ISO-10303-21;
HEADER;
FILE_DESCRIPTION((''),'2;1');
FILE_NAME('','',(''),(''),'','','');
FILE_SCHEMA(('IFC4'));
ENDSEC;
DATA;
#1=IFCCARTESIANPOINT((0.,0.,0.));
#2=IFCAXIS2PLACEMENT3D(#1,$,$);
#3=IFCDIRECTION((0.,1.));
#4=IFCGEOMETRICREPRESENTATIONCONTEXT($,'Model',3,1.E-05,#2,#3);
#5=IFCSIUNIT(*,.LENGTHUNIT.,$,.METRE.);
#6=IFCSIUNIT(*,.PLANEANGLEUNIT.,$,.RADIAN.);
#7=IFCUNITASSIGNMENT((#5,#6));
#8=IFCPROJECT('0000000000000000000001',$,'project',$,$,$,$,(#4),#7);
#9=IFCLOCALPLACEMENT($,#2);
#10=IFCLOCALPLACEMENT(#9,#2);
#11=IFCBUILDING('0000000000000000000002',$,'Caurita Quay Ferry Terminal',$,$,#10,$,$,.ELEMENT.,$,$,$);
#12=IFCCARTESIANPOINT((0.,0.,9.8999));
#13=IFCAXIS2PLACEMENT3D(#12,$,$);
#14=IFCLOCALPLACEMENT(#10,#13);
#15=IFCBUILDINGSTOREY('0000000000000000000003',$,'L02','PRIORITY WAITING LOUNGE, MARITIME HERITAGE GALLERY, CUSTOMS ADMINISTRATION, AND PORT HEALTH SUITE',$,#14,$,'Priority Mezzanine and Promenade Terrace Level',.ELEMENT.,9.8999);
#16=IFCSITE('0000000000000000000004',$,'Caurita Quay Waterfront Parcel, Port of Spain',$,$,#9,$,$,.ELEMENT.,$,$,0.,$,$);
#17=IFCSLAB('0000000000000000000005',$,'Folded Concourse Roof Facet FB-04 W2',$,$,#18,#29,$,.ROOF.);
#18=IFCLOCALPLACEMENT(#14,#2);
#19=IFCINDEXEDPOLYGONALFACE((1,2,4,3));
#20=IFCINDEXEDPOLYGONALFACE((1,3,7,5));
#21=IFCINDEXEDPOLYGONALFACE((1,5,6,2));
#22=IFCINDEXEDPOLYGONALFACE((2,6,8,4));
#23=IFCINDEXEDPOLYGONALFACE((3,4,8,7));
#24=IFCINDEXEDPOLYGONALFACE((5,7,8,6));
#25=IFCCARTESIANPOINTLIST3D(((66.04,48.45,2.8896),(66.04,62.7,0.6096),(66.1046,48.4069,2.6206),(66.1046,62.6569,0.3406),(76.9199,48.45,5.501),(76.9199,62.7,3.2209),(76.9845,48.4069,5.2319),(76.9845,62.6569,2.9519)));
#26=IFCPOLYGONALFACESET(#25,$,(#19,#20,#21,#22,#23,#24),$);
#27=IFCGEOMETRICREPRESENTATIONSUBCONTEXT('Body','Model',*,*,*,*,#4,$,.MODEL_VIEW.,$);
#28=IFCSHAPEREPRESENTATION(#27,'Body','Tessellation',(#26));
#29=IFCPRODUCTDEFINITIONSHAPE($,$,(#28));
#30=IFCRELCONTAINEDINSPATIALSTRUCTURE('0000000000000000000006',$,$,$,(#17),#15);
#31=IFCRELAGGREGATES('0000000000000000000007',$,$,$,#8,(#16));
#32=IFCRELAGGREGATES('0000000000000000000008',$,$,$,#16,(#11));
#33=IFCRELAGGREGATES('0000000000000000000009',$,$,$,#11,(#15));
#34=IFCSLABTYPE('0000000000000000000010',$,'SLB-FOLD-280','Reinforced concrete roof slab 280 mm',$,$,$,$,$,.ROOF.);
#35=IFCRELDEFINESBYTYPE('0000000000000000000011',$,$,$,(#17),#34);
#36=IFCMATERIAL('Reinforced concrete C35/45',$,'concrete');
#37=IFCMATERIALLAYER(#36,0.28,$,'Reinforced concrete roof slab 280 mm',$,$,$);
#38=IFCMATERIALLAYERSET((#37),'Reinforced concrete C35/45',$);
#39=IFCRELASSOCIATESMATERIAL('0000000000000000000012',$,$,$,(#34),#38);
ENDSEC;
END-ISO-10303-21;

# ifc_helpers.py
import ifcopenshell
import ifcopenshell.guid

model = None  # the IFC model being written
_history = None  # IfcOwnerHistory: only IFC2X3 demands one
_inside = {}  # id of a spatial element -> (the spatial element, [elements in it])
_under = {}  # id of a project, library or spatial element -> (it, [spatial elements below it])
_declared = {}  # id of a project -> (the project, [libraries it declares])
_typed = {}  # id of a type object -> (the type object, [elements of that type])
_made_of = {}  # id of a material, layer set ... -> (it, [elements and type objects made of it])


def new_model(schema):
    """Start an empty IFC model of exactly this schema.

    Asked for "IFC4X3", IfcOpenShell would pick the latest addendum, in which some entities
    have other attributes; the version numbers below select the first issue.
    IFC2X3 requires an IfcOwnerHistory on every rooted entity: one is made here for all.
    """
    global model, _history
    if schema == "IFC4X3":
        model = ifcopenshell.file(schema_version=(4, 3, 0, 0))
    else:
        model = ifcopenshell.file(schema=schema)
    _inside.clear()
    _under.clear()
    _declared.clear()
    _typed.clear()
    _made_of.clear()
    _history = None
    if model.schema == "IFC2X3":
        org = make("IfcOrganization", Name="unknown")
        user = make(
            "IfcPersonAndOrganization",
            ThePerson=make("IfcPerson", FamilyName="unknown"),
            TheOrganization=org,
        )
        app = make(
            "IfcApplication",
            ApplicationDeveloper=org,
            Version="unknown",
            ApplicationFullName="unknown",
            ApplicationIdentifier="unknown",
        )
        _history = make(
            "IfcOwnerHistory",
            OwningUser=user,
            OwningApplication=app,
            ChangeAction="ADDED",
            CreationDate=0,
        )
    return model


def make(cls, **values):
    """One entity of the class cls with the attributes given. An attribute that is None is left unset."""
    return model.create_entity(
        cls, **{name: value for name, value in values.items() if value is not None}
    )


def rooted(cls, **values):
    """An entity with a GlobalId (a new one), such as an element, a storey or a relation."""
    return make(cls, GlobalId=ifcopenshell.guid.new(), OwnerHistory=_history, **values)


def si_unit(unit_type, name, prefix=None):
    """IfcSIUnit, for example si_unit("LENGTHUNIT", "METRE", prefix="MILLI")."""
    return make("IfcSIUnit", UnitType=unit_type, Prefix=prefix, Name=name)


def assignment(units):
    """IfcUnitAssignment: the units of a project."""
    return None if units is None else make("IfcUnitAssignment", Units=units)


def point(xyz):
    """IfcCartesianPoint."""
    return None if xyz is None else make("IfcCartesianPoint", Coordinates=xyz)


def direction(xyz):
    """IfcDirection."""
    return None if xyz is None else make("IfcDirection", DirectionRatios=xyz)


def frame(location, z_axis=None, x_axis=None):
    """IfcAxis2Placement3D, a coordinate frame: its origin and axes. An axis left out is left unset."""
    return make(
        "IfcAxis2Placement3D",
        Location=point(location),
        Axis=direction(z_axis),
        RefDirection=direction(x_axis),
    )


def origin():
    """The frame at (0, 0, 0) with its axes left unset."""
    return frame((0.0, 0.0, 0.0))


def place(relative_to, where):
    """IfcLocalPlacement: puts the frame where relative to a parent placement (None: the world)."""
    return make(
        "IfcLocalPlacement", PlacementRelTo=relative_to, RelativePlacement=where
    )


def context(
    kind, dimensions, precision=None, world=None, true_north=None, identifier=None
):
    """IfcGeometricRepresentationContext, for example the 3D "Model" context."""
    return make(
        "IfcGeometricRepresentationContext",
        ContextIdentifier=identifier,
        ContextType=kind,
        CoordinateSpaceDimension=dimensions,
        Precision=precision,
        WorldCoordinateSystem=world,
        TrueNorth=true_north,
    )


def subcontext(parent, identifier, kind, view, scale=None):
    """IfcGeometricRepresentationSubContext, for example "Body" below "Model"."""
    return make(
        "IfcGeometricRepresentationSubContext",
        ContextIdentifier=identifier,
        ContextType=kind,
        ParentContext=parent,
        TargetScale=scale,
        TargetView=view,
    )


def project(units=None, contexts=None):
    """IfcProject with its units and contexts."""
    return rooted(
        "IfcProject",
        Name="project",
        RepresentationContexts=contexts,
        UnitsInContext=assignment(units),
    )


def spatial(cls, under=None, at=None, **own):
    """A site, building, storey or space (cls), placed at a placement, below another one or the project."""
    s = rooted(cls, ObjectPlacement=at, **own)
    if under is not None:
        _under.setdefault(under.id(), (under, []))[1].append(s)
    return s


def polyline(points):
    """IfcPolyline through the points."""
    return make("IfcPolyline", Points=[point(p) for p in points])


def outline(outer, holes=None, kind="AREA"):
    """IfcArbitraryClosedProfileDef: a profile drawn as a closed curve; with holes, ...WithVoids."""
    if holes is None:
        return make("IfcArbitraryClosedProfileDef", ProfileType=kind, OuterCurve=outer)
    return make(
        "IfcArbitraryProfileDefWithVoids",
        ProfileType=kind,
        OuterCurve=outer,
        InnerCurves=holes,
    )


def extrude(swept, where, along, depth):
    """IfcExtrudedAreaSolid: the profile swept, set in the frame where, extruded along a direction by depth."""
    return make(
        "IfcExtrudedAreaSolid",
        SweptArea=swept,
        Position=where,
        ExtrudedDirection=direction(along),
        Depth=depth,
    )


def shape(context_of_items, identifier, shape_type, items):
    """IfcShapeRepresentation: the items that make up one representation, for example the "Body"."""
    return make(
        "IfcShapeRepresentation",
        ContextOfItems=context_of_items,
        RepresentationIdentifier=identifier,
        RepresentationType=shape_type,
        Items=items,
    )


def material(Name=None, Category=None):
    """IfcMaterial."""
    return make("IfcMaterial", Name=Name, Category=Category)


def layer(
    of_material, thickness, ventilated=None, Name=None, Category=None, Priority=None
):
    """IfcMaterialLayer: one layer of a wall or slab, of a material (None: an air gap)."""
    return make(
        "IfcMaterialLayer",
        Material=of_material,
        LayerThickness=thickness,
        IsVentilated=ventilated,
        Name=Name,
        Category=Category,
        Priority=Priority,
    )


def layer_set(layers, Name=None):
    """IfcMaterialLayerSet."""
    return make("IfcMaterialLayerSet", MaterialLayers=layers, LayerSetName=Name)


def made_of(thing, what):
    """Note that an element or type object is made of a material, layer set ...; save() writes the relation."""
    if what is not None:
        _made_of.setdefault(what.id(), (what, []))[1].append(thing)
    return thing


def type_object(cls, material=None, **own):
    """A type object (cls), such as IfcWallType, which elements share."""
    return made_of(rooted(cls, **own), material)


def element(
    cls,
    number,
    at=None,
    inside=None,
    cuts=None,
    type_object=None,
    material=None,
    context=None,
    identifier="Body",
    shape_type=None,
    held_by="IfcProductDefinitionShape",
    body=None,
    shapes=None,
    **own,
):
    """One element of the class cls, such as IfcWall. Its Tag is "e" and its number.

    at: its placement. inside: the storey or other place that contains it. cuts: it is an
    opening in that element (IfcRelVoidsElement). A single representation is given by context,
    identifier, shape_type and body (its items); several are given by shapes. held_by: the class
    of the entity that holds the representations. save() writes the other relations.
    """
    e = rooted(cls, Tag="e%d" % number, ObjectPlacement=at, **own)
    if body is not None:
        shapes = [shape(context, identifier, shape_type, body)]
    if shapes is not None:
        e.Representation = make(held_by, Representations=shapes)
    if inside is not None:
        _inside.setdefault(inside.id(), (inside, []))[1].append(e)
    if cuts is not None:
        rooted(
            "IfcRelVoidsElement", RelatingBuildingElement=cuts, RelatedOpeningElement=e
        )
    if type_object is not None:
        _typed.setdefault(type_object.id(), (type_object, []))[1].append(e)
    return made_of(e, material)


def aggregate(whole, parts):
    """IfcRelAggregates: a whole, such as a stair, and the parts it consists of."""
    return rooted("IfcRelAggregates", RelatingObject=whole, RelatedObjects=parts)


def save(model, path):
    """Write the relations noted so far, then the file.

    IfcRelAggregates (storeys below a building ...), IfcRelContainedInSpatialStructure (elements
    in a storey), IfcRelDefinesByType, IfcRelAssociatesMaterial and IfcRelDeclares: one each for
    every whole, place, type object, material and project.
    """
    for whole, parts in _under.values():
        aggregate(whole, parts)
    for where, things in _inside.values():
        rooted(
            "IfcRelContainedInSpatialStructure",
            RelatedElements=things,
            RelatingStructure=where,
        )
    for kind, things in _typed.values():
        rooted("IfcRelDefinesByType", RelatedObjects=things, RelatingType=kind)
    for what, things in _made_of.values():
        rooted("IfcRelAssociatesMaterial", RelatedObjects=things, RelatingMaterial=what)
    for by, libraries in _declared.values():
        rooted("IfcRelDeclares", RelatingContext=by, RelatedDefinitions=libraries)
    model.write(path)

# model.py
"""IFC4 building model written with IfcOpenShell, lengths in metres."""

from ifc_helpers import new_model, si_unit, direction, frame, origin, place, context, subcontext, project, spatial, polyline, outline, extrude, material, layer, layer_set, type_object, element, save


model = new_model("IFC4")

# Units and contexts
model_context = context("Model", 3, precision=1e-05, world=origin(), true_north=direction((0.0, 1.0)))
body_context = subcontext(model_context, "Body", "Model", "MODEL_VIEW")
ifc_project = project(units=[si_unit("LENGTHUNIT", "METRE"), si_unit("PLANEANGLEUNIT", "RADIAN")], contexts=[model_context])

# Site, building, storey
site_placement = place(None, origin())
site = spatial("IfcSite", under=ifc_project, at=site_placement, Name="Caurita Quay Waterfront Parcel, Port of Spain", CompositionType="ELEMENT", RefElevation=0.0)
building_placement = place(site_placement, origin())
building = spatial("IfcBuilding", under=site, at=building_placement, Name="Caurita Quay Ferry Terminal", CompositionType="ELEMENT")
storey_placement = place(building_placement, frame((0.0, 0.0, 9.8999)))
storey = spatial("IfcBuildingStorey", under=building, at=storey_placement, Name="L02", Description="PRIORITY WAITING LOUNGE, MARITIME HERITAGE GALLERY, CUSTOMS ADMINISTRATION, AND PORT HEALTH SUITE", LongName="Priority Mezzanine and Promenade Terrace Level", CompositionType="ELEMENT", Elevation=9.8999)

# Slab
ifc_material_1 = material(Name="Reinforced concrete C35/45", Category="concrete")
ifc_layer_1 = layer(ifc_material_1, 0.28, Name="Reinforced concrete roof slab 280 mm")
ifc_layer_set_1 = layer_set([ifc_layer_1], Name="Reinforced concrete C35/45")
slab_type = type_object("IfcSlabType", Name="SLB-FOLD-280", Description="Reinforced concrete roof slab 280 mm", PredefinedType="ROOF", material=ifc_layer_set_1)
slab_placement = place(storey_placement, frame((66.04, 48.45, 2.8896), z_axis=(-0.230612, 0.153734, 0.960825), x_axis=(0.972384, 0.0, 0.233386)))
element("IfcSlab", 1, at=slab_placement, inside=storey, type_object=slab_type, Name="Folded Concourse Roof Facet FB-04 W2", PredefinedType="ROOF", context=body_context, shape_type="SweptSolid", body=[
    extrude(outline(polyline([(0.0, 0.0), (11.1889, 0.0), (10.6567, 14.4214), (-0.5321, 14.4214), (0.0, 0.0)])), origin(), (0.0, 0.0, -1.0), 0.28),
])

save(model, "model.ifc")
